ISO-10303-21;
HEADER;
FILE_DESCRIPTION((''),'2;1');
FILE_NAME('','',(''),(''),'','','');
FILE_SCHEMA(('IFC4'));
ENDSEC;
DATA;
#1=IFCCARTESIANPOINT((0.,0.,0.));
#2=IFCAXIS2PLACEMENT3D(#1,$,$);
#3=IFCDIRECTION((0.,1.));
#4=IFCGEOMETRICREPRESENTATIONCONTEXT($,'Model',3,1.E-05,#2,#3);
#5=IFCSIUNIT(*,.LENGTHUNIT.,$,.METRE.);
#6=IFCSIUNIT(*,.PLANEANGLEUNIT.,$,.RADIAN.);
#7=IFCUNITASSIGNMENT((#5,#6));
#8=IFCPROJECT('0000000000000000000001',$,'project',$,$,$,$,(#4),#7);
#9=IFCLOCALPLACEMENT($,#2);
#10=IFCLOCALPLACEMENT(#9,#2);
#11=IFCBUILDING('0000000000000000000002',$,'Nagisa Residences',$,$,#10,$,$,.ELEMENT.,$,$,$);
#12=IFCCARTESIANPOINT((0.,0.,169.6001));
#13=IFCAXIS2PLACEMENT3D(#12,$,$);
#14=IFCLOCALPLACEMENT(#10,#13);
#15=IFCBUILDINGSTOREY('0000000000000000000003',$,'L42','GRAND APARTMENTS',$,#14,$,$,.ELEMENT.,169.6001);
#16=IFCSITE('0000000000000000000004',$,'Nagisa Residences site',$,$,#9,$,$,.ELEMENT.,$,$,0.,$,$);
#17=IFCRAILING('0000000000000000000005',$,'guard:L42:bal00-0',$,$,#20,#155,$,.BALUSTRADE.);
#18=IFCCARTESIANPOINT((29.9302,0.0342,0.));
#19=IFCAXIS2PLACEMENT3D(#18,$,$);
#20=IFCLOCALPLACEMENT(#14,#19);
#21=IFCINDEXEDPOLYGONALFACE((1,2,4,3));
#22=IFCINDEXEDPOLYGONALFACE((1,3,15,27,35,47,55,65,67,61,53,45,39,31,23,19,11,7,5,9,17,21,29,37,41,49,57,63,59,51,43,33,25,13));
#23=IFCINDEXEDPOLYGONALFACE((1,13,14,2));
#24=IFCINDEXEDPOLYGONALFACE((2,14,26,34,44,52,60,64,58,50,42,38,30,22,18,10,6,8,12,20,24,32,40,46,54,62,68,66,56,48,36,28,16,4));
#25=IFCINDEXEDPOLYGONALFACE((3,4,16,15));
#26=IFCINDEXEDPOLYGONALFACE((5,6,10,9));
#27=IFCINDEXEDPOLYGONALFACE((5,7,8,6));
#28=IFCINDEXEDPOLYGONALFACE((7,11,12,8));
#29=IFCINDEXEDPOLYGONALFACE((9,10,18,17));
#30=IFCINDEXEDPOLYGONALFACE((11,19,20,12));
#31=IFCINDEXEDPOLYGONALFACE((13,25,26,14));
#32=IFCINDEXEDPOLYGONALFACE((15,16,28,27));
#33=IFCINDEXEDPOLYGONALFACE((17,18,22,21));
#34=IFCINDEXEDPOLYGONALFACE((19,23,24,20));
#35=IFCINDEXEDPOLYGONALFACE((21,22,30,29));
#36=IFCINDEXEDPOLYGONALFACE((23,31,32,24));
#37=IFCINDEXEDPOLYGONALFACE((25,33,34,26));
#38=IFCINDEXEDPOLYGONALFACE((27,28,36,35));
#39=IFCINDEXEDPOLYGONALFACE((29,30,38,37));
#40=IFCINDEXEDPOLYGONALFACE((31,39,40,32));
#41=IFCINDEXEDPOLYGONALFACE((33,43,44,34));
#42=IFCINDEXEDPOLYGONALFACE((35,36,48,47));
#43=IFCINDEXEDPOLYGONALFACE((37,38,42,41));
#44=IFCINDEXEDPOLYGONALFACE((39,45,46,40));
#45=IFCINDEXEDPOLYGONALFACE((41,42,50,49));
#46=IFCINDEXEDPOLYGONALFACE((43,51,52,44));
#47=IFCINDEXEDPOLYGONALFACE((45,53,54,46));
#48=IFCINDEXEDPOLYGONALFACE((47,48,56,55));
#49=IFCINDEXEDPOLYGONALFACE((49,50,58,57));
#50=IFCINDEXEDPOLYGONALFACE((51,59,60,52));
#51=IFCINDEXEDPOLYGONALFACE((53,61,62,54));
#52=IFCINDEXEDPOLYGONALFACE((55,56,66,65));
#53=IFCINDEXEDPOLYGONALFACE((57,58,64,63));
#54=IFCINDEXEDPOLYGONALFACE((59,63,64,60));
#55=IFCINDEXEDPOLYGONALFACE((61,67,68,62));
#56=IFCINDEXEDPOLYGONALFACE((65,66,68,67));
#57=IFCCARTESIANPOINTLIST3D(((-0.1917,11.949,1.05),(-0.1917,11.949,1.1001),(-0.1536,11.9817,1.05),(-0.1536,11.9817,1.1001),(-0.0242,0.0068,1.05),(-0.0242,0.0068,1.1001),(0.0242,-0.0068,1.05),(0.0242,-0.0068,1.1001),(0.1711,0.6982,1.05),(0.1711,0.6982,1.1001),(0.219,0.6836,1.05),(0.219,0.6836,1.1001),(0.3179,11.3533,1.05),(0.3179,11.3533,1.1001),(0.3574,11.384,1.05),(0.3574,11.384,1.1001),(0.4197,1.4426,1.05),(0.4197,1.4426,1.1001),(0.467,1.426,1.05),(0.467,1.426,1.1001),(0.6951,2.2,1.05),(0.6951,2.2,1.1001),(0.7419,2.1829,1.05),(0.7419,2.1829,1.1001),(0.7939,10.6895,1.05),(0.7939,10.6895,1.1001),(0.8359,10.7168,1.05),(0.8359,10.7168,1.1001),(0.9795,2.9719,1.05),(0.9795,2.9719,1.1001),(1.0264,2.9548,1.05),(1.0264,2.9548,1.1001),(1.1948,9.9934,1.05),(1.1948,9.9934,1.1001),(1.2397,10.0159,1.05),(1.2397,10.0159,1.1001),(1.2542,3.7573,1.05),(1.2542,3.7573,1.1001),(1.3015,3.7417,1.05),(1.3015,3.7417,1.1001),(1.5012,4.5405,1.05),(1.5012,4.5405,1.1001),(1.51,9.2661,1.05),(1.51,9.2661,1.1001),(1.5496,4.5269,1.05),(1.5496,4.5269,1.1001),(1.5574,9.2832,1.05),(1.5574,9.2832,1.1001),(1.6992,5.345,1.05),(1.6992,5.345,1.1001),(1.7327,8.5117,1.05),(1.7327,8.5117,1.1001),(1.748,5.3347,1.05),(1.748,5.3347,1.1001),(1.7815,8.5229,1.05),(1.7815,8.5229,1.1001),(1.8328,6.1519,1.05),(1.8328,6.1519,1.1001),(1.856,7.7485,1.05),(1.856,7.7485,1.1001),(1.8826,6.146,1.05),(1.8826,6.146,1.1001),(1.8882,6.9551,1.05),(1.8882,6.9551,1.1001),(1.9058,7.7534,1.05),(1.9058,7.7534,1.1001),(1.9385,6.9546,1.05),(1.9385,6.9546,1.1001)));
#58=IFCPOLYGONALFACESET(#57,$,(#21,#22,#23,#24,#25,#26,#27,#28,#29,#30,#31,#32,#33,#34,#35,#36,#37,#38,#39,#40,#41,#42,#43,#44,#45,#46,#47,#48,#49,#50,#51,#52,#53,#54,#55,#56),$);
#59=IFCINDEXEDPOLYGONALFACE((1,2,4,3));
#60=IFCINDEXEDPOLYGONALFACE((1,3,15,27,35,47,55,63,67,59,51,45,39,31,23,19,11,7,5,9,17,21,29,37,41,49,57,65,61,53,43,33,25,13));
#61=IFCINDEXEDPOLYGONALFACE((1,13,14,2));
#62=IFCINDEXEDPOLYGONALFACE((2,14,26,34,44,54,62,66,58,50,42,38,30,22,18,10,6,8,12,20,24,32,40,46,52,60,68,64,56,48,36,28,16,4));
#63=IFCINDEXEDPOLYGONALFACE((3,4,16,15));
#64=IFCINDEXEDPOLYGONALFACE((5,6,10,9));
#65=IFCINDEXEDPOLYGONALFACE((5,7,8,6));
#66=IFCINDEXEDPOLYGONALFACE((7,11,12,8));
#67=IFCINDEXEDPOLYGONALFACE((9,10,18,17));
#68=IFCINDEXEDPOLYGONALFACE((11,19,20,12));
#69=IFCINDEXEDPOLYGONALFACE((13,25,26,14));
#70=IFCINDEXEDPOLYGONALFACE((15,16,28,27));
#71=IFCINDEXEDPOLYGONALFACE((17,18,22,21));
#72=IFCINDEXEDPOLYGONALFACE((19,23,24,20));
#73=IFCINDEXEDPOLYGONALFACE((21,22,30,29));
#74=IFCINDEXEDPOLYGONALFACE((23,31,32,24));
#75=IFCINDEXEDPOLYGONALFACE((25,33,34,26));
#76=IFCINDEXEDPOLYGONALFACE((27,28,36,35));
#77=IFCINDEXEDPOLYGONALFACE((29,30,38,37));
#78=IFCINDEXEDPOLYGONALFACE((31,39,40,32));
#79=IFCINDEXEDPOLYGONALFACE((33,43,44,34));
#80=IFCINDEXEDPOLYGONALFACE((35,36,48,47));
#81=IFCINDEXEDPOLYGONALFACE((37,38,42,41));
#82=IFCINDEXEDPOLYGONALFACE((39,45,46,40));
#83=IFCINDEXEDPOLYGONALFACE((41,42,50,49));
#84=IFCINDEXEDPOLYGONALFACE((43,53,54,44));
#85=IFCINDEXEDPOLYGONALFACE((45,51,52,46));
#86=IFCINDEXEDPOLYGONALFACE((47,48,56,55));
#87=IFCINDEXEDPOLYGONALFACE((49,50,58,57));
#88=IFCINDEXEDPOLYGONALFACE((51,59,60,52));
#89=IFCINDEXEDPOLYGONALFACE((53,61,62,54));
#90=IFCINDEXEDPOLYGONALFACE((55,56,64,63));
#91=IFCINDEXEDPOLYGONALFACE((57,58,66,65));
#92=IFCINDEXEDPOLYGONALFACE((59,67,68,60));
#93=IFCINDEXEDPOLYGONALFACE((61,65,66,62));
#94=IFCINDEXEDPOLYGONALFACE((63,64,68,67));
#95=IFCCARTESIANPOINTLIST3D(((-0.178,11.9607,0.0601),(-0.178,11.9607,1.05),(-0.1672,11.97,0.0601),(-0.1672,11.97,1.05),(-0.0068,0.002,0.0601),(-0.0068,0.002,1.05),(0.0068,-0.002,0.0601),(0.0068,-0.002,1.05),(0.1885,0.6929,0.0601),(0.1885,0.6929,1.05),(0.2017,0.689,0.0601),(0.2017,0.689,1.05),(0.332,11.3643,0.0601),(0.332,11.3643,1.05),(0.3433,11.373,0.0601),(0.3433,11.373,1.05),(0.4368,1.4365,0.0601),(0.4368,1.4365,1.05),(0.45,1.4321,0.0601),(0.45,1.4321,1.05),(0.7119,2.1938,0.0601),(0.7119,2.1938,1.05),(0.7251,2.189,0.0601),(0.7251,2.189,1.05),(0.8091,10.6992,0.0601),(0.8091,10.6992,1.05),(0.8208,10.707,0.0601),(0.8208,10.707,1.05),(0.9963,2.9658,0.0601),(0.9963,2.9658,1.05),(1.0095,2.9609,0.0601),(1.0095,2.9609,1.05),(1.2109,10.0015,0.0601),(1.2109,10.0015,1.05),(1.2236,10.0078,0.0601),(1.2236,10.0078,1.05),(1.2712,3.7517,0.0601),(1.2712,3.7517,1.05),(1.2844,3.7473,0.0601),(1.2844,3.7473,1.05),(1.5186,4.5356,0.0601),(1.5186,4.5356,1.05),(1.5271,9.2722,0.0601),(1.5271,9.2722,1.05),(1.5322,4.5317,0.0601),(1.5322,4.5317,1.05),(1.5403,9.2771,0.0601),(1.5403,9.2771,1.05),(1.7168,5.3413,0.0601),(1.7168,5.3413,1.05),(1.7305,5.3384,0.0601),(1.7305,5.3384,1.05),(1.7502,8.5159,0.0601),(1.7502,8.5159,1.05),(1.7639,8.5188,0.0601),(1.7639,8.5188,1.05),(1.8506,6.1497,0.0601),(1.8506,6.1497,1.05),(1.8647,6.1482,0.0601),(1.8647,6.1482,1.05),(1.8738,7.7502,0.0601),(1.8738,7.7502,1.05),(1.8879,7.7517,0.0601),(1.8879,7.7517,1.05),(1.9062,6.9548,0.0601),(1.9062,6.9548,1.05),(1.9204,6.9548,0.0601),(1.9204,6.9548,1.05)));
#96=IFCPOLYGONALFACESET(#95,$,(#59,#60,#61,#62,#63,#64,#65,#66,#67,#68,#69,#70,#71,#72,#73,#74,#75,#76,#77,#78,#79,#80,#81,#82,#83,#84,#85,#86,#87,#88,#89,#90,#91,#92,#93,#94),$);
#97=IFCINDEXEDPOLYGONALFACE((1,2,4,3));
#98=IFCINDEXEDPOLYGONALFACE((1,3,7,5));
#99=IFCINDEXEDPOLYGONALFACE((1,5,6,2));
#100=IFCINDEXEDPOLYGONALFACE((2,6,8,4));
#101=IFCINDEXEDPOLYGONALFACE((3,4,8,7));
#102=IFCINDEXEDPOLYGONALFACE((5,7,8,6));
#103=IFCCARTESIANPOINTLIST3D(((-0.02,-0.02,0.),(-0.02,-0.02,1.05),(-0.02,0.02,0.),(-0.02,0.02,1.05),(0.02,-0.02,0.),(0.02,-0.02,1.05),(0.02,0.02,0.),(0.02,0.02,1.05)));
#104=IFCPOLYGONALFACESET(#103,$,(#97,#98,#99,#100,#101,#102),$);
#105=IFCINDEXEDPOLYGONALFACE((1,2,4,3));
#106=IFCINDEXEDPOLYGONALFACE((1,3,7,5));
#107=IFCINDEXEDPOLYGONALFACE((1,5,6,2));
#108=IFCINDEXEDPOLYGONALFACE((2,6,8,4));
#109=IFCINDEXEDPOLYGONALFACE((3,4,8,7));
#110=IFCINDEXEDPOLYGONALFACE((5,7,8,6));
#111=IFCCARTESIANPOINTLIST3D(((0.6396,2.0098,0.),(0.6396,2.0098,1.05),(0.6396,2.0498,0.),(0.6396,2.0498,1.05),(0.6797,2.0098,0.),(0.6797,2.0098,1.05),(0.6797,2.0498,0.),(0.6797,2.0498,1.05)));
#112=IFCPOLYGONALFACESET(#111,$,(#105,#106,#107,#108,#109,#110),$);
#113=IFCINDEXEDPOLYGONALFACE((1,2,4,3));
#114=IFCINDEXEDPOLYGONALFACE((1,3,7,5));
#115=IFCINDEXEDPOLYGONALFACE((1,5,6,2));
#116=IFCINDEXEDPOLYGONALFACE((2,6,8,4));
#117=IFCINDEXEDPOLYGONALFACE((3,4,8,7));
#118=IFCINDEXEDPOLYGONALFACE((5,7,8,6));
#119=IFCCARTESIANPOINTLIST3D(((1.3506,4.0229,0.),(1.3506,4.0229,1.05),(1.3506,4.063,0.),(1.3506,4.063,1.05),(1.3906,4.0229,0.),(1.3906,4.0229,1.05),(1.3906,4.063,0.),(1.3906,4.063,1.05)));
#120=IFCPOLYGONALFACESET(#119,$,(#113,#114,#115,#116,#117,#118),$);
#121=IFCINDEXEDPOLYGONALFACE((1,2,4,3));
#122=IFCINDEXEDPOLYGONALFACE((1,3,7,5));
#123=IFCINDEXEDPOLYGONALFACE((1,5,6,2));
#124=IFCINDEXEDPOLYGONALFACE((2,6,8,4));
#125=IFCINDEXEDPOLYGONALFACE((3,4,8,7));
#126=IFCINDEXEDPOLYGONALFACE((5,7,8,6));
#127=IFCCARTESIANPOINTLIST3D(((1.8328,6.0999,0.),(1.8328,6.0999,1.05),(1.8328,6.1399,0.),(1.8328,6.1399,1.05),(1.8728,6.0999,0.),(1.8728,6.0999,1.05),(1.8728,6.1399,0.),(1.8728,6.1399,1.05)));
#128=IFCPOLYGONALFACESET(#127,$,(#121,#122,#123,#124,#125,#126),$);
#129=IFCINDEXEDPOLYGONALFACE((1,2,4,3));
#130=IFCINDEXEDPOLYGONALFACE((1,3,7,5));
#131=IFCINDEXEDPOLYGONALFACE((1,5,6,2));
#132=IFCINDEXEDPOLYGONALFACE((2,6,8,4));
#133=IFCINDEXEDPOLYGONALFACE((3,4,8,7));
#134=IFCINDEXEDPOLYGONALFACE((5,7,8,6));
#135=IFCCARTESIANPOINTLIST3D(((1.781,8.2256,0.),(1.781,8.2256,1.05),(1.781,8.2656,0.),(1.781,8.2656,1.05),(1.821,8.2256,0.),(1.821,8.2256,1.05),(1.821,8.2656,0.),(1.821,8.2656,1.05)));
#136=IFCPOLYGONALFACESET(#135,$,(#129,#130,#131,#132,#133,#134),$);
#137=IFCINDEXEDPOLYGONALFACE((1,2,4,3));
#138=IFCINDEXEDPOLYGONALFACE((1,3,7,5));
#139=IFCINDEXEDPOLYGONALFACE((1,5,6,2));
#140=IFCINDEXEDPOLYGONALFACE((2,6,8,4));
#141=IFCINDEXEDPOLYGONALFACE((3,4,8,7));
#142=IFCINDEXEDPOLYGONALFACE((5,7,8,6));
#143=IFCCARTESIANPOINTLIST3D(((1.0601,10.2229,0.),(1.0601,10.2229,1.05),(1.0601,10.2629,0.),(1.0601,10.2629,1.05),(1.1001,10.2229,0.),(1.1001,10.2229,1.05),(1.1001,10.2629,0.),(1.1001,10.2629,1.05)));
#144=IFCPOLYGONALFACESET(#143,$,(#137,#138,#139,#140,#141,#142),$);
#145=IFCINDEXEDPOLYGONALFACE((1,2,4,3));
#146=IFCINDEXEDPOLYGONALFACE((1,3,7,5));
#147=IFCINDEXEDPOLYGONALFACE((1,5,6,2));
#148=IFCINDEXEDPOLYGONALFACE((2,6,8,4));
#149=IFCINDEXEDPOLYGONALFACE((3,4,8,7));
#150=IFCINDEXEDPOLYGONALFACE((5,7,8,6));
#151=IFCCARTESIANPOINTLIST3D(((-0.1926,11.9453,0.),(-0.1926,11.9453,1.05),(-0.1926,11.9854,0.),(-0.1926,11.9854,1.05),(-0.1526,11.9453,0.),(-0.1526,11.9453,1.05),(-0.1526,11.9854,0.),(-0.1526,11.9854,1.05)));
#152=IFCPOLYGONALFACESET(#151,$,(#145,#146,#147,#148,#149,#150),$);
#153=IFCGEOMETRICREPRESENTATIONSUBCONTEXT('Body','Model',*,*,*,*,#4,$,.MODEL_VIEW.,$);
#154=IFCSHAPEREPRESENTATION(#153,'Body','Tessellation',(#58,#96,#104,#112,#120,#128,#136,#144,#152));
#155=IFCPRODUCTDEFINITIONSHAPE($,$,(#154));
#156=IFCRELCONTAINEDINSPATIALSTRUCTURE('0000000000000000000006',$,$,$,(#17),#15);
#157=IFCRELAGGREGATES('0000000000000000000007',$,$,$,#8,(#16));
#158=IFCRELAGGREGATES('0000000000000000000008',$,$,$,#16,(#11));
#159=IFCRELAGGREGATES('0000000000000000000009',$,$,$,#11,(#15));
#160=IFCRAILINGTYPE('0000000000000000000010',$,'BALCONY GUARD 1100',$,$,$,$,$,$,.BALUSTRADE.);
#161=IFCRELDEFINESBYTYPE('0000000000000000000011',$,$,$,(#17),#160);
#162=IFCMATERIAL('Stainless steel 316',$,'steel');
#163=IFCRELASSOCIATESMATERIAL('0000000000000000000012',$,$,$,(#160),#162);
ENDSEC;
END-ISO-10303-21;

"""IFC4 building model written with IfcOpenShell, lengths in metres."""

from ifc_helpers import new_model, si_unit, direction, frame, origin, origin_2d, place, context, subcontext, project, spatial, polyline, rectangle, outline, extrude, material, type_object, element, save


model = new_model("IFC4")

# Units and contexts
model_context = context("Model", 3, precision=1e-05, world=origin(), true_north=direction((0.0, 1.0)))
body_context = subcontext(model_context, "Body", "Model", "MODEL_VIEW")
ifc_project = project(units=[si_unit("LENGTHUNIT", "METRE"), si_unit("PLANEANGLEUNIT", "RADIAN")], contexts=[model_context])

# Site, building, storey
site_placement = place(None, origin())
site = spatial("IfcSite", under=ifc_project, at=site_placement, Name="Nagisa Residences site", CompositionType="ELEMENT", RefElevation=0.0)
building_placement = place(site_placement, origin())
building = spatial("IfcBuilding", under=site, at=building_placement, Name="Nagisa Residences", CompositionType="ELEMENT")
storey_placement = place(building_placement, frame((0.0, 0.0, 169.6001)))
storey = spatial("IfcBuildingStorey", under=building, at=storey_placement, Name="L42", Description="GRAND APARTMENTS", CompositionType="ELEMENT", Elevation=169.6001)

# Railing
ifc_material_1 = material(Name="Stainless steel 316", Category="steel")
railing_type = type_object("IfcRailingType", Name="BALCONY GUARD 1100", PredefinedType="BALUSTRADE", material=ifc_material_1)
railing_1_placement = place(storey_placement, frame((29.9302, 0.0342, 0.0)))
element("IfcRailing", 1, at=railing_1_placement, inside=storey, type_object=railing_type, Name="guard:L42:bal00-0", PredefinedType="BALUSTRADE", context=body_context, shape_type="SweptSolid", body=[
    extrude(outline(polyline([(0.1711, 0.6982), (-0.0242, 0.0068), (0.0242, -0.0068), (0.219, 0.6836), (0.467, 1.426), (0.7419, 2.1829), (1.0264, 2.9548), (1.3015, 3.7417), (1.5496, 4.5269), (1.748, 5.3347), (1.8826, 6.146), (1.9385, 6.9546), (1.9058, 7.7534), (1.7815, 8.5229), (1.5574, 9.2832), (1.2397, 10.0159), (0.8359, 10.7168), (0.3574, 11.384), (-0.1536, 11.9817), (-0.1917, 11.949), (0.3179, 11.3533), (0.7939, 10.6895), (1.1948, 9.9934), (1.51, 9.2661), (1.7327, 8.5117), (1.856, 7.7485), (1.8882, 6.9551), (1.8328, 6.1519), (1.6992, 5.345), (1.5012, 4.5405), (1.2542, 3.7573), (0.9795, 2.9719), (0.6951, 2.2), (0.4197, 1.4426), (0.1711, 0.6982)])), frame((0.0, 0.0, 1.05)), (0.0, 0.0, 1.0), 0.05),
    extrude(outline(polyline([(0.1885, 0.6929), (-0.0068, 0.002), (0.0068, -0.002), (0.2017, 0.689), (0.45, 1.4321), (0.7251, 2.189), (1.0095, 2.9609), (1.2844, 3.7473), (1.5322, 4.5317), (1.7305, 5.3384), (1.8647, 6.1482), (1.9204, 6.9548), (1.8879, 7.7517), (1.7639, 8.5188), (1.5403, 9.2771), (1.2236, 10.0078), (0.8208, 10.707), (0.3433, 11.373), (-0.1672, 11.97), (-0.178, 11.9607), (0.332, 11.3643), (0.8091, 10.6992), (1.2109, 10.0015), (1.5271, 9.2722), (1.7502, 8.5159), (1.8738, 7.7502), (1.9062, 6.9548), (1.8506, 6.1497), (1.7168, 5.3413), (1.5186, 4.5356), (1.2712, 3.7517), (0.9963, 2.9658), (0.7119, 2.1938), (0.4368, 1.4365), (0.1885, 0.6929)])), frame((0.0, 0.0, 0.0601)), (0.0, 0.0, 1.0), 0.99),
    extrude(rectangle(XDim=0.04, YDim=0.04, at=origin_2d()), origin(), (0.0, 0.0, 1.0), 1.05),
    extrude(rectangle(XDim=0.04, YDim=0.04, at=origin_2d()), frame((0.6597, 2.0298, 0.0)), (0.0, 0.0, 1.0), 1.05),
    extrude(rectangle(XDim=0.04, YDim=0.04, at=origin_2d()), frame((1.3706, 4.043, 0.0)), (0.0, 0.0, 1.0), 1.05),
    extrude(rectangle(XDim=0.04, YDim=0.04, at=origin_2d()), frame((1.8528, 6.1199, 0.0)), (0.0, 0.0, 1.0), 1.05),
    extrude(rectangle(XDim=0.04, YDim=0.04, at=origin_2d()), frame((1.801, 8.2456, 0.0)), (0.0, 0.0, 1.0), 1.05),
    extrude(rectangle(XDim=0.04, YDim=0.04, at=origin_2d()), frame((1.0801, 10.2429, 0.0)), (0.0, 0.0, 1.0), 1.05),
    extrude(rectangle(XDim=0.04, YDim=0.04, at=origin_2d()), frame((-0.1726, 11.9653, 0.0)), (0.0, 0.0, 1.0), 1.05),
])

save(model, "model.ifc")
